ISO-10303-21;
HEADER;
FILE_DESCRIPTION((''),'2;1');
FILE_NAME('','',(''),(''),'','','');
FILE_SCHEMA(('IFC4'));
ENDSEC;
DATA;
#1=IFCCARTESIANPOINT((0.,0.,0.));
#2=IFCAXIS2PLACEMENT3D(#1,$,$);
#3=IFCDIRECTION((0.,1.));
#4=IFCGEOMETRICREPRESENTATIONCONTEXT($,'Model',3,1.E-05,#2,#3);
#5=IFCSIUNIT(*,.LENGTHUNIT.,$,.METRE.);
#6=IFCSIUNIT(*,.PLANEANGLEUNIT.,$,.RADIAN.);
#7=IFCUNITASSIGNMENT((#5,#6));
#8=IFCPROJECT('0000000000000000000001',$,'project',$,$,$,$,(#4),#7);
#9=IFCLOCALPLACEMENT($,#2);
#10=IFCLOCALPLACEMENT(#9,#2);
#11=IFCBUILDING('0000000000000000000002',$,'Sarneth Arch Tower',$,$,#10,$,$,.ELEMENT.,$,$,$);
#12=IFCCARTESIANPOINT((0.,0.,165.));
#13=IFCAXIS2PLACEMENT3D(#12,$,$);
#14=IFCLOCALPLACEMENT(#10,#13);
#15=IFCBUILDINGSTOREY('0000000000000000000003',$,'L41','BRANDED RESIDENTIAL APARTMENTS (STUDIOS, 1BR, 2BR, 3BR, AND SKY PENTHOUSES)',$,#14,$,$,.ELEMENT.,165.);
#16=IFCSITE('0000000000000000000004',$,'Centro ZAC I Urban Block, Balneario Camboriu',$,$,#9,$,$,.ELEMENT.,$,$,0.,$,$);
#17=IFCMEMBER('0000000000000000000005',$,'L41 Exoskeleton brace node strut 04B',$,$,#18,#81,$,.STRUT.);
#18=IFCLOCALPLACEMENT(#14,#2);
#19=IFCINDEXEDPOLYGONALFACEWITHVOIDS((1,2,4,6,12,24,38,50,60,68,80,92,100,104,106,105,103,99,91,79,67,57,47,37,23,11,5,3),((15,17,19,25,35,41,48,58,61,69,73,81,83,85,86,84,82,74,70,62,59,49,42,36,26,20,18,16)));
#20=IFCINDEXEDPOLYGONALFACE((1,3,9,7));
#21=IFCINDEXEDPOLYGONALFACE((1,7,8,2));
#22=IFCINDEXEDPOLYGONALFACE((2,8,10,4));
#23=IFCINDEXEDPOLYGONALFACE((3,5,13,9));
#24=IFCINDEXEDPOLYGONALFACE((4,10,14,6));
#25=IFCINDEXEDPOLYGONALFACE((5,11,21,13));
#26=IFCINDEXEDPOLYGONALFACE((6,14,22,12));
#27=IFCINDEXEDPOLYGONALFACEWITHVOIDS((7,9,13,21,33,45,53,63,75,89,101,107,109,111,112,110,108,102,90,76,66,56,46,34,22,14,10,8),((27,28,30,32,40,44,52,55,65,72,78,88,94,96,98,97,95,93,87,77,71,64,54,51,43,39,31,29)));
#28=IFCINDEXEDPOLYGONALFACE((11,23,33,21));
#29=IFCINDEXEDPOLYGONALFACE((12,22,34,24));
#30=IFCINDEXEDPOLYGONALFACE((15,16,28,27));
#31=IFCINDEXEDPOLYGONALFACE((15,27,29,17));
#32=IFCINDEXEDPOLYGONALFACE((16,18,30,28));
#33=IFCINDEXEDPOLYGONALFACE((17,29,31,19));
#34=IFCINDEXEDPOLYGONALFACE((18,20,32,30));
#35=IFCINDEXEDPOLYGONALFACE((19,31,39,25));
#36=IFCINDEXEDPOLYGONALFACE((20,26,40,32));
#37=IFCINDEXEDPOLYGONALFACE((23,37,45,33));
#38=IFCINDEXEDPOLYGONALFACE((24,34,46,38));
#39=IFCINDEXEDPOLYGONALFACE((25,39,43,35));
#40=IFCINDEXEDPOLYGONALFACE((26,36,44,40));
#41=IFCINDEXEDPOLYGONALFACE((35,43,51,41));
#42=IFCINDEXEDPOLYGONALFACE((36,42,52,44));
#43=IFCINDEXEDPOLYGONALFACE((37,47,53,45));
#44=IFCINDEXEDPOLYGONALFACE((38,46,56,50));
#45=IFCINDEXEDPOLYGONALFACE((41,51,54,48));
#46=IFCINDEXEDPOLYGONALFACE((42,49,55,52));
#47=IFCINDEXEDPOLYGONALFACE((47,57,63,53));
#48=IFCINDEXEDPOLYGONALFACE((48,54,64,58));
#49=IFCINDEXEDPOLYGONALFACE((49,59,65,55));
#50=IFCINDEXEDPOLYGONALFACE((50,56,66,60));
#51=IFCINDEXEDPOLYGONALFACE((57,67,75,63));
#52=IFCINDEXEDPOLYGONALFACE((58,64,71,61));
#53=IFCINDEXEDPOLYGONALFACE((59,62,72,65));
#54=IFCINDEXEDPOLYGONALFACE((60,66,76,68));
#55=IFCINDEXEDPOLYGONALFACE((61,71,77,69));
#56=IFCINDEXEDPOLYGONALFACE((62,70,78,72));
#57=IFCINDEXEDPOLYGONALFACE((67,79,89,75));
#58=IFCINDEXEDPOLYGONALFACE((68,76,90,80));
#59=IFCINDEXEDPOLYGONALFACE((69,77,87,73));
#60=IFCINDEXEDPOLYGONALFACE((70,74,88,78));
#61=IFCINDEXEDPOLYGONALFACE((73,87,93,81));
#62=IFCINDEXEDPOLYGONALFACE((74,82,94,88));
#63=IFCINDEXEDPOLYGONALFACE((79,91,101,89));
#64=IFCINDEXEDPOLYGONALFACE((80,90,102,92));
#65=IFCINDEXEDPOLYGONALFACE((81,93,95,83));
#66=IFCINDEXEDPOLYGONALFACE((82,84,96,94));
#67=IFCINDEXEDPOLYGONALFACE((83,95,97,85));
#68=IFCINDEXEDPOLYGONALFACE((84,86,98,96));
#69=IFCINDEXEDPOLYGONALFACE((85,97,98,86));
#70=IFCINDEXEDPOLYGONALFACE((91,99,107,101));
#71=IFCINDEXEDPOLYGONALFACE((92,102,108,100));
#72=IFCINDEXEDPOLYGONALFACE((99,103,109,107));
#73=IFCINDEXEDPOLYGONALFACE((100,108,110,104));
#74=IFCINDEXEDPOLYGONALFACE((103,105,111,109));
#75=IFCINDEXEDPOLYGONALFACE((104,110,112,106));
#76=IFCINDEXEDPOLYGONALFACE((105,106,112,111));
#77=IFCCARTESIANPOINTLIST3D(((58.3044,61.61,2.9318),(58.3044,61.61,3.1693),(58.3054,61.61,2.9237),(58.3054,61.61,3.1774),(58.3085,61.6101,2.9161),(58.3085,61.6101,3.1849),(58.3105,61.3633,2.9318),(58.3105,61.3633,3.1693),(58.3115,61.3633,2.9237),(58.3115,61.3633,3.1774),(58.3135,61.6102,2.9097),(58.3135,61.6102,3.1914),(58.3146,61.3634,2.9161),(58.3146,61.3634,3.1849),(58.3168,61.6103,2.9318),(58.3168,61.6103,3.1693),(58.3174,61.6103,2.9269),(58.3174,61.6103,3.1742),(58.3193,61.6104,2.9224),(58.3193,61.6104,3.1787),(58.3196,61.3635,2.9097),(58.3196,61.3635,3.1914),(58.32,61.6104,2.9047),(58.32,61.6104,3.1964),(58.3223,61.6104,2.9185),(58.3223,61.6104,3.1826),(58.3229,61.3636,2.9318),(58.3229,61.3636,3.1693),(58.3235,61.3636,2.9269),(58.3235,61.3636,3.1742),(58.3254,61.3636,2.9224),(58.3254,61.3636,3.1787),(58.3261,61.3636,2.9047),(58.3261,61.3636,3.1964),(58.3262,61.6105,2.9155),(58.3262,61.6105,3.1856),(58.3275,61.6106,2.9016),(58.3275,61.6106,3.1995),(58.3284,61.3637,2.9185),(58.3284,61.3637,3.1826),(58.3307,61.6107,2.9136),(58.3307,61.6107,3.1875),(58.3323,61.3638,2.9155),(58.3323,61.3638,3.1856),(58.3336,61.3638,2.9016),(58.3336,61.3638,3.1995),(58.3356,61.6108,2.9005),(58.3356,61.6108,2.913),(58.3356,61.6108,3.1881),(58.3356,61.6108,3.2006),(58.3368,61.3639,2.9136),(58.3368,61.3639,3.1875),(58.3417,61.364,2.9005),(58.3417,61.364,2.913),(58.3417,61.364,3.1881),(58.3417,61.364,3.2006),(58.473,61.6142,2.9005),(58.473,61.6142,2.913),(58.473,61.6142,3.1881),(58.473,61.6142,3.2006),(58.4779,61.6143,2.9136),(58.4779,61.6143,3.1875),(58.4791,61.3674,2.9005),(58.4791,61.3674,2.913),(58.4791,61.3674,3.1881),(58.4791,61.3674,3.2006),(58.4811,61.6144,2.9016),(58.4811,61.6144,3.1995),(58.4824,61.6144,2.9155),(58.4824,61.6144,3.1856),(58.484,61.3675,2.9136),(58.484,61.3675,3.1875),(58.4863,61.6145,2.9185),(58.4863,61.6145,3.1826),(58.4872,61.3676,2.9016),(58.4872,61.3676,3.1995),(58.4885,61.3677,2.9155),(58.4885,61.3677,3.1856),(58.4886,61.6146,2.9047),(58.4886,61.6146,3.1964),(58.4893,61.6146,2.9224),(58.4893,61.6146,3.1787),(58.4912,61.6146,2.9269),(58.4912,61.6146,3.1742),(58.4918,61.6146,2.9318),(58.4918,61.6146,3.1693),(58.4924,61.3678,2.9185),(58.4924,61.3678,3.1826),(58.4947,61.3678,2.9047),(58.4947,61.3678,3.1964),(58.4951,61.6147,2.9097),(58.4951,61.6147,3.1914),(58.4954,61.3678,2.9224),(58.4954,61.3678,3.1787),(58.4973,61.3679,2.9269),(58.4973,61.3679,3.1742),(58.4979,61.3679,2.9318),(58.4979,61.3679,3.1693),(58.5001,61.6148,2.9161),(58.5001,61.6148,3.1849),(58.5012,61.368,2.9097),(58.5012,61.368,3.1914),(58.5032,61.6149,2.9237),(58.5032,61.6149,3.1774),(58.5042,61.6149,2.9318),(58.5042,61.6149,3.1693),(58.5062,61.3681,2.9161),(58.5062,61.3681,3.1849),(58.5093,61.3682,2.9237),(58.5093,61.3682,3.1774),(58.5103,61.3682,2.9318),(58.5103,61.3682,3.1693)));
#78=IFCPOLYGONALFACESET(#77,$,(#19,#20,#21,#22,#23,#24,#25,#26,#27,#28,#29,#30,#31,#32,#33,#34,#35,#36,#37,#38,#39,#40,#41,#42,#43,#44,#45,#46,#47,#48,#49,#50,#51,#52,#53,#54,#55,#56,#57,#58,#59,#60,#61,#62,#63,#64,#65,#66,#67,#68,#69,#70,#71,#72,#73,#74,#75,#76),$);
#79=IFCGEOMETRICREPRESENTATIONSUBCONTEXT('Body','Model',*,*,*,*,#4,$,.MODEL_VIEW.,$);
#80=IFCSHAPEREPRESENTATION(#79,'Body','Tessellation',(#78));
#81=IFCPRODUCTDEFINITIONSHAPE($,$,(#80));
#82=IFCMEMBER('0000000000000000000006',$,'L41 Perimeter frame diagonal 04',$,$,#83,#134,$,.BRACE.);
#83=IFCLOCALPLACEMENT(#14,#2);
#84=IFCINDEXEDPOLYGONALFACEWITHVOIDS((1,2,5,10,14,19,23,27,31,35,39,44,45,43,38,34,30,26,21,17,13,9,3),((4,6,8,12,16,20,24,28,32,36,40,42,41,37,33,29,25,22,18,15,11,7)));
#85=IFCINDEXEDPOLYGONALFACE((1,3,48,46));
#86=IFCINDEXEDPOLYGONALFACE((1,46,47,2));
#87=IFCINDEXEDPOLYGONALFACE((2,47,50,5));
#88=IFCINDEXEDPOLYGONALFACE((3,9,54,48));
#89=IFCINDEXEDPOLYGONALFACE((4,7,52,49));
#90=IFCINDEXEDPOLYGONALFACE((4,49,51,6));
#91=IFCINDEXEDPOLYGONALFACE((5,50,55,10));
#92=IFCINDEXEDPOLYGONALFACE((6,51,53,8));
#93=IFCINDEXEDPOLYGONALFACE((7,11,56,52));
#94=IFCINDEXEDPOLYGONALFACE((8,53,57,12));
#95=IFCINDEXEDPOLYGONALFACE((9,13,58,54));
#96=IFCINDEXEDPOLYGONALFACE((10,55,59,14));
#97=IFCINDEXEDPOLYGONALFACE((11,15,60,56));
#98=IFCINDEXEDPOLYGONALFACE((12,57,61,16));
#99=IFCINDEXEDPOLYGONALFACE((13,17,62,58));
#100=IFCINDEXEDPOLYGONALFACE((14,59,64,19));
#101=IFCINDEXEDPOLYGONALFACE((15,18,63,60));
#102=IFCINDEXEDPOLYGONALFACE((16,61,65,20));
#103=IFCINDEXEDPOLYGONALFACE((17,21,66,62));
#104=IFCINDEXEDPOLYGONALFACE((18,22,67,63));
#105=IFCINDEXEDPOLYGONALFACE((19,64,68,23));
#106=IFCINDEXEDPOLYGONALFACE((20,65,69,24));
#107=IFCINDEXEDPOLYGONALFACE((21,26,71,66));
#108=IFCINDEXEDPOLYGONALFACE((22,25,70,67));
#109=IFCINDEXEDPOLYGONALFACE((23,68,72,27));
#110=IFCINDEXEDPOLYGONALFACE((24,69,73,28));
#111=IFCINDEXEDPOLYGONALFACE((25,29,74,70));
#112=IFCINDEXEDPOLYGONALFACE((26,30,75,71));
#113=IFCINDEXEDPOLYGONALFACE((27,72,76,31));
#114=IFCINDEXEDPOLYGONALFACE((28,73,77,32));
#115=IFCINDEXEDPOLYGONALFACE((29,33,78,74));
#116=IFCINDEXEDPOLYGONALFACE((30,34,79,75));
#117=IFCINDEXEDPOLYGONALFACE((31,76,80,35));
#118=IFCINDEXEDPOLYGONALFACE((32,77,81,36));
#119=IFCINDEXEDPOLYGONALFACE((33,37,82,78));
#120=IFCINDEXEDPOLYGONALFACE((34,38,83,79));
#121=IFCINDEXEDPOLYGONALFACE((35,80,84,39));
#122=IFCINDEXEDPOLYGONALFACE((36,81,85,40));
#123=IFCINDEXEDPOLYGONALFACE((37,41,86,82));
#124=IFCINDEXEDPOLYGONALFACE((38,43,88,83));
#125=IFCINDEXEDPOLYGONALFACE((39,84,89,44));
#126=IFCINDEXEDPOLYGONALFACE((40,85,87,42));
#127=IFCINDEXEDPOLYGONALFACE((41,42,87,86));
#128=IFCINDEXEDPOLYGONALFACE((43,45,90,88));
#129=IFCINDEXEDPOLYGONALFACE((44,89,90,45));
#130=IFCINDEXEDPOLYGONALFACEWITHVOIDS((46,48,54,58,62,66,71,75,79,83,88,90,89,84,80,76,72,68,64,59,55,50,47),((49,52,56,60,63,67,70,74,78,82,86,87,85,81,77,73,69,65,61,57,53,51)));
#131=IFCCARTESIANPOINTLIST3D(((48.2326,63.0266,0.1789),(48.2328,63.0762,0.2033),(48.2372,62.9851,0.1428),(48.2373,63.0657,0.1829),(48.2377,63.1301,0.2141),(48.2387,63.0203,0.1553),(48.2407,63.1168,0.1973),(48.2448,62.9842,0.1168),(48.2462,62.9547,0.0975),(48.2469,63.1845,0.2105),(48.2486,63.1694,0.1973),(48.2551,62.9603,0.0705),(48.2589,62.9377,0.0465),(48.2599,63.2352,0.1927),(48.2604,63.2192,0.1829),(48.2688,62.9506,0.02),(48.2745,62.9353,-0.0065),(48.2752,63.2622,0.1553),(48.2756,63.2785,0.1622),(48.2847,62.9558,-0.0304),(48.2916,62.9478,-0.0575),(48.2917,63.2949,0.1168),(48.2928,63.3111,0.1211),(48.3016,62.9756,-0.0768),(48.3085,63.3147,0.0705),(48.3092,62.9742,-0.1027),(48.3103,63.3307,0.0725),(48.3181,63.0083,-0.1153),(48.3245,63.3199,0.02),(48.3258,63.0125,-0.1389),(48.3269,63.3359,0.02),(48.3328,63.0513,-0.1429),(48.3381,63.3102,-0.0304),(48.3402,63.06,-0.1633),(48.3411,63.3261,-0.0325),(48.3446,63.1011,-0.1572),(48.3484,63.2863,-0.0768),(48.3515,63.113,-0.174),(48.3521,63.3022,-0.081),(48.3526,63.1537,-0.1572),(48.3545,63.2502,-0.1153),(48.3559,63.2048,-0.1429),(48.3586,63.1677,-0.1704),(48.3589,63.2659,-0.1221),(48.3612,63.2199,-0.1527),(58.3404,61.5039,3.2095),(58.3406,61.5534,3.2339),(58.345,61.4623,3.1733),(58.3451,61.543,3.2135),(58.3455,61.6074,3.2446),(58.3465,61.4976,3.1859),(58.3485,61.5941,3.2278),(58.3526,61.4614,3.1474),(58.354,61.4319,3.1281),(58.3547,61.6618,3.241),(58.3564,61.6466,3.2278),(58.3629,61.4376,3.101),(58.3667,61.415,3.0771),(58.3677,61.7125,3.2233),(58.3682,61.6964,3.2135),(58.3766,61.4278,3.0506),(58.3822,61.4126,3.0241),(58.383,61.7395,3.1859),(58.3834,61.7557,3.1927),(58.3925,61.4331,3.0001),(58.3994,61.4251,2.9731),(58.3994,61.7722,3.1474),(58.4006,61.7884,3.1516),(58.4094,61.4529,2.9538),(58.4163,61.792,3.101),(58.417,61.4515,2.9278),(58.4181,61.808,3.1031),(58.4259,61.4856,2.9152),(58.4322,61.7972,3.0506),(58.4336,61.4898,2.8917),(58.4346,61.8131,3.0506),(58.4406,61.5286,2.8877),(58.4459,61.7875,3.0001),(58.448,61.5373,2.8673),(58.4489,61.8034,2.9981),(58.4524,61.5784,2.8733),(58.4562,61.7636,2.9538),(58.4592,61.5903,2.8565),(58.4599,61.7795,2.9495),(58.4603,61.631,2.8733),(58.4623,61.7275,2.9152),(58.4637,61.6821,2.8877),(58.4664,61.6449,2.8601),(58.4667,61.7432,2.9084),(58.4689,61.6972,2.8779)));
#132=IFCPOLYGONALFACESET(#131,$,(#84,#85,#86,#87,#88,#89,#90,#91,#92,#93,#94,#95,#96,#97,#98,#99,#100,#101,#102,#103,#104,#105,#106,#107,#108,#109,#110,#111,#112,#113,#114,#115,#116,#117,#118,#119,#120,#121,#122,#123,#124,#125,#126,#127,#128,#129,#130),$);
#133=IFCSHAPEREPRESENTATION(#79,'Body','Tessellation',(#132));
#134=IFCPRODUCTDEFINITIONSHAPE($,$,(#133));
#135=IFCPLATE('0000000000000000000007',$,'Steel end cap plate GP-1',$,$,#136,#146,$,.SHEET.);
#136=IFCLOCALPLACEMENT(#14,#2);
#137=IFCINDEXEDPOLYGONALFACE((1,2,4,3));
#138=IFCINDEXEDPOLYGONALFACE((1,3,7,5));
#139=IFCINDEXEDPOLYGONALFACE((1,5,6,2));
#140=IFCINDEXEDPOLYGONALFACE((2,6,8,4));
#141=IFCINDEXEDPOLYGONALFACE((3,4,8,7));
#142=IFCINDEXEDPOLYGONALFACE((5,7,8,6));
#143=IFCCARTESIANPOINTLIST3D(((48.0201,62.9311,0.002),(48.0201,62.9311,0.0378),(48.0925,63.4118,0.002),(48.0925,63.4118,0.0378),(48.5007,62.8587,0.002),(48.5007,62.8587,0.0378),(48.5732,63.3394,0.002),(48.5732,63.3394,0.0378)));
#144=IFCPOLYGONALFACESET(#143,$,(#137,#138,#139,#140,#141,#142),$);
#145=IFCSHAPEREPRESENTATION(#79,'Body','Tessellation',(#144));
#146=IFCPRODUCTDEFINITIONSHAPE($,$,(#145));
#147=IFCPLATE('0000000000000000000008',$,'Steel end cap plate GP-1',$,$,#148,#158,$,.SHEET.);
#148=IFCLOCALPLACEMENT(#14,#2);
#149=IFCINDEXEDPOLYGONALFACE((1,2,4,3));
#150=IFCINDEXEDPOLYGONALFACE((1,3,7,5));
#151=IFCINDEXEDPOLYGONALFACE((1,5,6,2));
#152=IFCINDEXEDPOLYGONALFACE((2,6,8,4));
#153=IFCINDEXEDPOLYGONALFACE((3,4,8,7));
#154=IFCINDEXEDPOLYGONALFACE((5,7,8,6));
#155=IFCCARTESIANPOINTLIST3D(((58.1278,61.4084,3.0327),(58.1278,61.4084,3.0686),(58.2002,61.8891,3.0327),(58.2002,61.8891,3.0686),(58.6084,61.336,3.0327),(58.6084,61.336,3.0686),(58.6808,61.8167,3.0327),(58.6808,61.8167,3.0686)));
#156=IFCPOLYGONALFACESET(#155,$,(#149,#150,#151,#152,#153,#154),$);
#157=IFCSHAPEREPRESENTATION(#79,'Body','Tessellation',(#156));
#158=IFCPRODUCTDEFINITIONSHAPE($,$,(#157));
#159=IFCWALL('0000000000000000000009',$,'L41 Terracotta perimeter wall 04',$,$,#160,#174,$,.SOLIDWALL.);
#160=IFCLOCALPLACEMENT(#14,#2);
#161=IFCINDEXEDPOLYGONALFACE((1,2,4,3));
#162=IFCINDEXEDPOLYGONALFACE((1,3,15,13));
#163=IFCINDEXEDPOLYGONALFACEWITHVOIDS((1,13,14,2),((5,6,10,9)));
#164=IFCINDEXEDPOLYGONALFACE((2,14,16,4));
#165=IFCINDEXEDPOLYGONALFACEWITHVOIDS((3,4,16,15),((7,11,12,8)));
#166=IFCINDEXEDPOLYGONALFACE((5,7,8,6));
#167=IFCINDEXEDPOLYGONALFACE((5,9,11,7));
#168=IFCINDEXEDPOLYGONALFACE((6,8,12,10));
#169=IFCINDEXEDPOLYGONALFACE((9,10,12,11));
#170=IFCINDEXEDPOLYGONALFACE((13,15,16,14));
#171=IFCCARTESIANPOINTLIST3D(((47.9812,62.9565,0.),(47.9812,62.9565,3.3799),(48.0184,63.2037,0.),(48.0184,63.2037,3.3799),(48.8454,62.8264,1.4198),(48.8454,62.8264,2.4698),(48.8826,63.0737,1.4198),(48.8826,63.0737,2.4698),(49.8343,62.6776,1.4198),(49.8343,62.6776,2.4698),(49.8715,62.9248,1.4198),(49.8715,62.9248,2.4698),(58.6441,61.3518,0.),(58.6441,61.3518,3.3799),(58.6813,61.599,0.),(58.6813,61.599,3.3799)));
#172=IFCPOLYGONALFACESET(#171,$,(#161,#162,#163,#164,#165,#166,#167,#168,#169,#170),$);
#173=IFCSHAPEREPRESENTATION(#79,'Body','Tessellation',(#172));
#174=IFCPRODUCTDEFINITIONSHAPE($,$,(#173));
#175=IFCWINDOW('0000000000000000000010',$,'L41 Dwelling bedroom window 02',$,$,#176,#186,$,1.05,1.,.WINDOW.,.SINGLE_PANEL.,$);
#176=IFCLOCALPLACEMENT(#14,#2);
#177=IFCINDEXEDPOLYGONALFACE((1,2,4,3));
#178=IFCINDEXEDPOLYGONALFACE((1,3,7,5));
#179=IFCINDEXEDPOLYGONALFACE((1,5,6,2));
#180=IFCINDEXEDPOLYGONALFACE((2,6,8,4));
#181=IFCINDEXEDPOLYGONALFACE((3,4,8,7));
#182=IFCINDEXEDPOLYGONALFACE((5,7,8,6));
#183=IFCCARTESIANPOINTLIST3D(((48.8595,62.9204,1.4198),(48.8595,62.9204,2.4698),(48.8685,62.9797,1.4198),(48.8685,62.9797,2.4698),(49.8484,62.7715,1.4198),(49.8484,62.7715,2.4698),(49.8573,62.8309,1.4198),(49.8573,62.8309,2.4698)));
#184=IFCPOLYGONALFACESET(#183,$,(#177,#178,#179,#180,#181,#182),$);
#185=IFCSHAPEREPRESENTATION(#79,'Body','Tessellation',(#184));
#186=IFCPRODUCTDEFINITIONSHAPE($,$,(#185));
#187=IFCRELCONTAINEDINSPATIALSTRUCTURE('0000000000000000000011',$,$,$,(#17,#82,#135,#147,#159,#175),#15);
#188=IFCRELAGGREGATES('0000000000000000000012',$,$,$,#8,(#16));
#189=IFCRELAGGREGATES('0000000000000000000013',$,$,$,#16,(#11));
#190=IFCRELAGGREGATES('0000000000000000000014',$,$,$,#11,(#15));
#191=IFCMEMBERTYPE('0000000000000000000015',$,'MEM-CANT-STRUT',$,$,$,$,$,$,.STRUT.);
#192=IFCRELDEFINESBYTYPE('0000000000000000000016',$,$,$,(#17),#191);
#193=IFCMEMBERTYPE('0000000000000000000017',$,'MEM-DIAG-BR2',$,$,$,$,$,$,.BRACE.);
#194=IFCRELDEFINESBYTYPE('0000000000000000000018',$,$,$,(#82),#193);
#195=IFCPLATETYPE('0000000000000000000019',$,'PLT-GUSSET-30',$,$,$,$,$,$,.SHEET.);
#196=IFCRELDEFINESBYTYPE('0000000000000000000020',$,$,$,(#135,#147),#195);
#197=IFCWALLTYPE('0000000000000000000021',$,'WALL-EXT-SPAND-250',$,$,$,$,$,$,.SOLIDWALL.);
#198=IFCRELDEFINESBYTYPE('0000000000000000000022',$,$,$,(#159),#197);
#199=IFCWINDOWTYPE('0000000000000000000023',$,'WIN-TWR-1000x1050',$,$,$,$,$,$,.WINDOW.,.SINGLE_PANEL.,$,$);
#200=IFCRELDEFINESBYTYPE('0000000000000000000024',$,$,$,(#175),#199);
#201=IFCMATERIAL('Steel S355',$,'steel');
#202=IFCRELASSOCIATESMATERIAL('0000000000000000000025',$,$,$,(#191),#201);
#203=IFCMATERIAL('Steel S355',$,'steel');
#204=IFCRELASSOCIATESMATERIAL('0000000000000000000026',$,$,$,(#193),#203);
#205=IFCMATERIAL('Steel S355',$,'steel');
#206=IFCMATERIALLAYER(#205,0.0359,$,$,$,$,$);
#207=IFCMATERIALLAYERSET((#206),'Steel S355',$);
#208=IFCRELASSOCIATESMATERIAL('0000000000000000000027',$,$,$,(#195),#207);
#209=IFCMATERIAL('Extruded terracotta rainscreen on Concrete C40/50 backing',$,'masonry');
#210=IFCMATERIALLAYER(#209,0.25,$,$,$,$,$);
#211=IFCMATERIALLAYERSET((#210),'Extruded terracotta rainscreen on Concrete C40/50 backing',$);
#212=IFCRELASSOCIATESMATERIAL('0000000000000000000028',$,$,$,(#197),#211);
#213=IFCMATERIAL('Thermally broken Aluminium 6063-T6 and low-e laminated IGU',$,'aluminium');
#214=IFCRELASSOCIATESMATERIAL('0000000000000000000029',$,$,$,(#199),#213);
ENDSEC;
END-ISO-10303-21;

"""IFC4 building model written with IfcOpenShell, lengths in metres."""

from ifc_helpers import new_model, si_unit, direction, frame, frame_2d, origin, origin_2d, place, context, subcontext, project, spatial, rectangle, hollow_rectangle, hollow_circle, extrude, material, layer, layer_set, material_profile, profile_set, type_object, element, fill, save


model = new_model("IFC4")

# Units and contexts
model_context = context("Model", 3, precision=1e-05, world=origin(), true_north=direction((0.0, 1.0)))
body_context = subcontext(model_context, "Body", "Model", "MODEL_VIEW")
ifc_project = project(units=[si_unit("LENGTHUNIT", "METRE"), si_unit("PLANEANGLEUNIT", "RADIAN")], contexts=[model_context])

# Site, building, storey
site_placement = place(None, origin())
site = spatial("IfcSite", under=ifc_project, at=site_placement, Name="Centro ZAC I Urban Block, Balneario Camboriu", CompositionType="ELEMENT", RefElevation=0.0)
building_placement = place(site_placement, origin())
building = spatial("IfcBuilding", under=site, at=building_placement, Name="Sarneth Arch Tower", CompositionType="ELEMENT")
storey_placement = place(building_placement, frame((0.0, 0.0, 165.0)))
storey = spatial("IfcBuildingStorey", under=building, at=storey_placement, Name="L41", Description="BRANDED RESIDENTIAL APARTMENTS (STUDIOS, 1BR, 2BR, 3BR, AND SKY PENTHOUSES)", CompositionType="ELEMENT", Elevation=165.0)

# Members
ifc_material_1 = material(Name="Steel S355", Category="steel")
ifc_material_profile_1 = material_profile(ifc_material_1, hollow_rectangle(XDim=0.2, YDim=0.3, WallThickness=0.0125, InnerFilletRadius=0.0188, OuterFilletRadius=0.0312, at=origin_2d()), Name="RHS300x200x12.5")
ifc_profile_set_1 = profile_set([ifc_material_profile_1], Name="Steel S355")
member_type_1 = type_object("IfcMemberType", Name="MEM-CANT-STRUT", PredefinedType="STRUT", material=ifc_profile_set_1)
member_1_placement = place(storey_placement, frame((58.4104, 61.3657, 3.0505), z_axis=(-0.02472, 0.999694, 0.0), x_axis=(-0.999694, -0.02472, 0.0)))
element("IfcMember", 1, at=member_1_placement, inside=storey, type_object=member_type_1, Name="L41 Exoskeleton brace node strut 04B", PredefinedType="STRUT", context=body_context, shape_type="SweptSolid", body=[
    extrude(hollow_rectangle(XDim=0.2, YDim=0.3, WallThickness=0.0125, InnerFilletRadius=0.0188, OuterFilletRadius=0.0312, at=origin_2d()), origin(), (0.0, 0.0, 1.0), 0.2468),
])
ifc_material_2 = material(Name="Steel S355", Category="steel")
ifc_material_profile_2 = material_profile(ifc_material_2, hollow_circle(Radius=0.2029, WallThickness=0.0161, at=origin_2d()), Name="CHS406x16")
ifc_profile_set_2 = profile_set([ifc_material_profile_2], Name="Steel S355")
member_type_2 = type_object("IfcMemberType", Name="MEM-DIAG-BR2", PredefinedType="BRACE", material=ifc_profile_set_2)
member_2_placement = place(storey_placement, frame((48.2966, 63.1353, 0.02), z_axis=(0.948053, -0.142823, 0.284249), x_axis=(0.148968, 0.988842, 0.0)))
element("IfcMember", 2, at=member_2_placement, inside=storey, type_object=member_type_2, Name="L41 Perimeter frame diagonal 04", PredefinedType="BRACE", context=body_context, shape_type="SweptSolid", body=[
    extrude(hollow_circle(Radius=0.2029, WallThickness=0.0161, at=origin_2d()), origin(), (0.0, 0.0, 1.0), 10.6616),
])

# Plates
ifc_material_3 = material(Name="Steel S355", Category="steel")
ifc_layer_1 = layer(ifc_material_3, 0.0359)
ifc_layer_set_1 = layer_set([ifc_layer_1], Name="Steel S355")
plate_type = type_object("IfcPlateType", Name="PLT-GUSSET-30", PredefinedType="SHEET", material=ifc_layer_set_1)
for number, where, z_axis, x_axis, name in (
    (3, (48.2966, 63.1353, 0.002), (0.0, 0.0, 1.0), (-0.988835, 0.149018, 0.0), "Steel end cap plate GP-1"),
    (4, (58.4043, 61.6125, 3.0327), (0.0, 0.0, 1.0), (-0.988835, 0.149018, 0.0), "Steel end cap plate GP-1"),
):
    element("IfcPlate", number, at=place(storey_placement, frame(where, z_axis=z_axis, x_axis=x_axis)), inside=storey, type_object=plate_type, Name=name, PredefinedType="SHEET", context=body_context, shape_type="SweptSolid", body=[
        extrude(rectangle(XDim=0.4861, YDim=0.4861, at=origin_2d()), origin(), (0.0, 0.0, 1.0), 0.0359),
    ])

# Wall, opening, window
ifc_material_4 = material(Name="Extruded terracotta rainscreen on Concrete C40/50 backing", Category="masonry")
ifc_layer_2 = layer(ifc_material_4, 0.25)
ifc_layer_set_2 = layer_set([ifc_layer_2], Name="Extruded terracotta rainscreen on Concrete C40/50 backing")
wall_type_1 = type_object("IfcWallType", Name="WALL-EXT-SPAND-250", PredefinedType="SOLIDWALL", material=ifc_layer_set_2)
wall_1_placement = place(storey_placement, frame((58.6628, 61.4753, 0.0), z_axis=(0.0, 0.0, 1.0), x_axis=(-0.988864, 0.148822, 0.0)))
wall_1 = element("IfcWall", 5, at=wall_1_placement, inside=storey, type_object=wall_type_1, Name="L41 Terracotta perimeter wall 04", PredefinedType="SOLIDWALL", context=body_context, shape_type="SweptSolid", body=[
    extrude(rectangle(XDim=10.783, YDim=0.25, at=frame_2d((5.3916, 0.0))), origin(), (0.0, 0.0, 1.0), 3.3799),
])
opening_1_placement = place(wall_1_placement, frame((8.9092, 0.0, 1.4199)))
opening_1 = element("IfcOpeningElement", 6, at=opening_1_placement, cuts=wall_1, PredefinedType="OPENING", context=body_context, shape_type="SweptSolid", body=[
    extrude(rectangle(XDim=1.0, YDim=1.05, at=frame_2d((0.5, 0.5249))), frame((0.0, 0.135, 0.0), z_axis=(0.0, -1.0, 0.0), x_axis=(1.0, 0.0, 0.0)), (0.0, 0.0, 1.0), 0.27),
])
ifc_material_5 = material(Name="Thermally broken Aluminium 6063-T6 and low-e laminated IGU", Category="aluminium")
window_type = type_object("IfcWindowType", Name="WIN-TWR-1000x1050", PartitioningType="SINGLE_PANEL", PredefinedType="WINDOW", material=ifc_material_5)
window_placement = place(opening_1_placement, origin())
window = element("IfcWindow", 7, at=window_placement, inside=storey, type_object=window_type, Name="L41 Dwelling bedroom window 02", OverallHeight=1.05, OverallWidth=1.0, PartitioningType="SINGLE_PANEL", PredefinedType="WINDOW", context=body_context, shape_type="SweptSolid", body=[
    extrude(rectangle(XDim=1.0, YDim=1.05, at=frame_2d((0.5, 0.5249))), frame((0.0, 0.03, 0.0), z_axis=(0.0, -1.0, 0.0), x_axis=(1.0, 0.0, 0.0)), (0.0, 0.0, 1.0), 0.0601),
])
fill(opening_1, window)

save(model, "model.ifc")
